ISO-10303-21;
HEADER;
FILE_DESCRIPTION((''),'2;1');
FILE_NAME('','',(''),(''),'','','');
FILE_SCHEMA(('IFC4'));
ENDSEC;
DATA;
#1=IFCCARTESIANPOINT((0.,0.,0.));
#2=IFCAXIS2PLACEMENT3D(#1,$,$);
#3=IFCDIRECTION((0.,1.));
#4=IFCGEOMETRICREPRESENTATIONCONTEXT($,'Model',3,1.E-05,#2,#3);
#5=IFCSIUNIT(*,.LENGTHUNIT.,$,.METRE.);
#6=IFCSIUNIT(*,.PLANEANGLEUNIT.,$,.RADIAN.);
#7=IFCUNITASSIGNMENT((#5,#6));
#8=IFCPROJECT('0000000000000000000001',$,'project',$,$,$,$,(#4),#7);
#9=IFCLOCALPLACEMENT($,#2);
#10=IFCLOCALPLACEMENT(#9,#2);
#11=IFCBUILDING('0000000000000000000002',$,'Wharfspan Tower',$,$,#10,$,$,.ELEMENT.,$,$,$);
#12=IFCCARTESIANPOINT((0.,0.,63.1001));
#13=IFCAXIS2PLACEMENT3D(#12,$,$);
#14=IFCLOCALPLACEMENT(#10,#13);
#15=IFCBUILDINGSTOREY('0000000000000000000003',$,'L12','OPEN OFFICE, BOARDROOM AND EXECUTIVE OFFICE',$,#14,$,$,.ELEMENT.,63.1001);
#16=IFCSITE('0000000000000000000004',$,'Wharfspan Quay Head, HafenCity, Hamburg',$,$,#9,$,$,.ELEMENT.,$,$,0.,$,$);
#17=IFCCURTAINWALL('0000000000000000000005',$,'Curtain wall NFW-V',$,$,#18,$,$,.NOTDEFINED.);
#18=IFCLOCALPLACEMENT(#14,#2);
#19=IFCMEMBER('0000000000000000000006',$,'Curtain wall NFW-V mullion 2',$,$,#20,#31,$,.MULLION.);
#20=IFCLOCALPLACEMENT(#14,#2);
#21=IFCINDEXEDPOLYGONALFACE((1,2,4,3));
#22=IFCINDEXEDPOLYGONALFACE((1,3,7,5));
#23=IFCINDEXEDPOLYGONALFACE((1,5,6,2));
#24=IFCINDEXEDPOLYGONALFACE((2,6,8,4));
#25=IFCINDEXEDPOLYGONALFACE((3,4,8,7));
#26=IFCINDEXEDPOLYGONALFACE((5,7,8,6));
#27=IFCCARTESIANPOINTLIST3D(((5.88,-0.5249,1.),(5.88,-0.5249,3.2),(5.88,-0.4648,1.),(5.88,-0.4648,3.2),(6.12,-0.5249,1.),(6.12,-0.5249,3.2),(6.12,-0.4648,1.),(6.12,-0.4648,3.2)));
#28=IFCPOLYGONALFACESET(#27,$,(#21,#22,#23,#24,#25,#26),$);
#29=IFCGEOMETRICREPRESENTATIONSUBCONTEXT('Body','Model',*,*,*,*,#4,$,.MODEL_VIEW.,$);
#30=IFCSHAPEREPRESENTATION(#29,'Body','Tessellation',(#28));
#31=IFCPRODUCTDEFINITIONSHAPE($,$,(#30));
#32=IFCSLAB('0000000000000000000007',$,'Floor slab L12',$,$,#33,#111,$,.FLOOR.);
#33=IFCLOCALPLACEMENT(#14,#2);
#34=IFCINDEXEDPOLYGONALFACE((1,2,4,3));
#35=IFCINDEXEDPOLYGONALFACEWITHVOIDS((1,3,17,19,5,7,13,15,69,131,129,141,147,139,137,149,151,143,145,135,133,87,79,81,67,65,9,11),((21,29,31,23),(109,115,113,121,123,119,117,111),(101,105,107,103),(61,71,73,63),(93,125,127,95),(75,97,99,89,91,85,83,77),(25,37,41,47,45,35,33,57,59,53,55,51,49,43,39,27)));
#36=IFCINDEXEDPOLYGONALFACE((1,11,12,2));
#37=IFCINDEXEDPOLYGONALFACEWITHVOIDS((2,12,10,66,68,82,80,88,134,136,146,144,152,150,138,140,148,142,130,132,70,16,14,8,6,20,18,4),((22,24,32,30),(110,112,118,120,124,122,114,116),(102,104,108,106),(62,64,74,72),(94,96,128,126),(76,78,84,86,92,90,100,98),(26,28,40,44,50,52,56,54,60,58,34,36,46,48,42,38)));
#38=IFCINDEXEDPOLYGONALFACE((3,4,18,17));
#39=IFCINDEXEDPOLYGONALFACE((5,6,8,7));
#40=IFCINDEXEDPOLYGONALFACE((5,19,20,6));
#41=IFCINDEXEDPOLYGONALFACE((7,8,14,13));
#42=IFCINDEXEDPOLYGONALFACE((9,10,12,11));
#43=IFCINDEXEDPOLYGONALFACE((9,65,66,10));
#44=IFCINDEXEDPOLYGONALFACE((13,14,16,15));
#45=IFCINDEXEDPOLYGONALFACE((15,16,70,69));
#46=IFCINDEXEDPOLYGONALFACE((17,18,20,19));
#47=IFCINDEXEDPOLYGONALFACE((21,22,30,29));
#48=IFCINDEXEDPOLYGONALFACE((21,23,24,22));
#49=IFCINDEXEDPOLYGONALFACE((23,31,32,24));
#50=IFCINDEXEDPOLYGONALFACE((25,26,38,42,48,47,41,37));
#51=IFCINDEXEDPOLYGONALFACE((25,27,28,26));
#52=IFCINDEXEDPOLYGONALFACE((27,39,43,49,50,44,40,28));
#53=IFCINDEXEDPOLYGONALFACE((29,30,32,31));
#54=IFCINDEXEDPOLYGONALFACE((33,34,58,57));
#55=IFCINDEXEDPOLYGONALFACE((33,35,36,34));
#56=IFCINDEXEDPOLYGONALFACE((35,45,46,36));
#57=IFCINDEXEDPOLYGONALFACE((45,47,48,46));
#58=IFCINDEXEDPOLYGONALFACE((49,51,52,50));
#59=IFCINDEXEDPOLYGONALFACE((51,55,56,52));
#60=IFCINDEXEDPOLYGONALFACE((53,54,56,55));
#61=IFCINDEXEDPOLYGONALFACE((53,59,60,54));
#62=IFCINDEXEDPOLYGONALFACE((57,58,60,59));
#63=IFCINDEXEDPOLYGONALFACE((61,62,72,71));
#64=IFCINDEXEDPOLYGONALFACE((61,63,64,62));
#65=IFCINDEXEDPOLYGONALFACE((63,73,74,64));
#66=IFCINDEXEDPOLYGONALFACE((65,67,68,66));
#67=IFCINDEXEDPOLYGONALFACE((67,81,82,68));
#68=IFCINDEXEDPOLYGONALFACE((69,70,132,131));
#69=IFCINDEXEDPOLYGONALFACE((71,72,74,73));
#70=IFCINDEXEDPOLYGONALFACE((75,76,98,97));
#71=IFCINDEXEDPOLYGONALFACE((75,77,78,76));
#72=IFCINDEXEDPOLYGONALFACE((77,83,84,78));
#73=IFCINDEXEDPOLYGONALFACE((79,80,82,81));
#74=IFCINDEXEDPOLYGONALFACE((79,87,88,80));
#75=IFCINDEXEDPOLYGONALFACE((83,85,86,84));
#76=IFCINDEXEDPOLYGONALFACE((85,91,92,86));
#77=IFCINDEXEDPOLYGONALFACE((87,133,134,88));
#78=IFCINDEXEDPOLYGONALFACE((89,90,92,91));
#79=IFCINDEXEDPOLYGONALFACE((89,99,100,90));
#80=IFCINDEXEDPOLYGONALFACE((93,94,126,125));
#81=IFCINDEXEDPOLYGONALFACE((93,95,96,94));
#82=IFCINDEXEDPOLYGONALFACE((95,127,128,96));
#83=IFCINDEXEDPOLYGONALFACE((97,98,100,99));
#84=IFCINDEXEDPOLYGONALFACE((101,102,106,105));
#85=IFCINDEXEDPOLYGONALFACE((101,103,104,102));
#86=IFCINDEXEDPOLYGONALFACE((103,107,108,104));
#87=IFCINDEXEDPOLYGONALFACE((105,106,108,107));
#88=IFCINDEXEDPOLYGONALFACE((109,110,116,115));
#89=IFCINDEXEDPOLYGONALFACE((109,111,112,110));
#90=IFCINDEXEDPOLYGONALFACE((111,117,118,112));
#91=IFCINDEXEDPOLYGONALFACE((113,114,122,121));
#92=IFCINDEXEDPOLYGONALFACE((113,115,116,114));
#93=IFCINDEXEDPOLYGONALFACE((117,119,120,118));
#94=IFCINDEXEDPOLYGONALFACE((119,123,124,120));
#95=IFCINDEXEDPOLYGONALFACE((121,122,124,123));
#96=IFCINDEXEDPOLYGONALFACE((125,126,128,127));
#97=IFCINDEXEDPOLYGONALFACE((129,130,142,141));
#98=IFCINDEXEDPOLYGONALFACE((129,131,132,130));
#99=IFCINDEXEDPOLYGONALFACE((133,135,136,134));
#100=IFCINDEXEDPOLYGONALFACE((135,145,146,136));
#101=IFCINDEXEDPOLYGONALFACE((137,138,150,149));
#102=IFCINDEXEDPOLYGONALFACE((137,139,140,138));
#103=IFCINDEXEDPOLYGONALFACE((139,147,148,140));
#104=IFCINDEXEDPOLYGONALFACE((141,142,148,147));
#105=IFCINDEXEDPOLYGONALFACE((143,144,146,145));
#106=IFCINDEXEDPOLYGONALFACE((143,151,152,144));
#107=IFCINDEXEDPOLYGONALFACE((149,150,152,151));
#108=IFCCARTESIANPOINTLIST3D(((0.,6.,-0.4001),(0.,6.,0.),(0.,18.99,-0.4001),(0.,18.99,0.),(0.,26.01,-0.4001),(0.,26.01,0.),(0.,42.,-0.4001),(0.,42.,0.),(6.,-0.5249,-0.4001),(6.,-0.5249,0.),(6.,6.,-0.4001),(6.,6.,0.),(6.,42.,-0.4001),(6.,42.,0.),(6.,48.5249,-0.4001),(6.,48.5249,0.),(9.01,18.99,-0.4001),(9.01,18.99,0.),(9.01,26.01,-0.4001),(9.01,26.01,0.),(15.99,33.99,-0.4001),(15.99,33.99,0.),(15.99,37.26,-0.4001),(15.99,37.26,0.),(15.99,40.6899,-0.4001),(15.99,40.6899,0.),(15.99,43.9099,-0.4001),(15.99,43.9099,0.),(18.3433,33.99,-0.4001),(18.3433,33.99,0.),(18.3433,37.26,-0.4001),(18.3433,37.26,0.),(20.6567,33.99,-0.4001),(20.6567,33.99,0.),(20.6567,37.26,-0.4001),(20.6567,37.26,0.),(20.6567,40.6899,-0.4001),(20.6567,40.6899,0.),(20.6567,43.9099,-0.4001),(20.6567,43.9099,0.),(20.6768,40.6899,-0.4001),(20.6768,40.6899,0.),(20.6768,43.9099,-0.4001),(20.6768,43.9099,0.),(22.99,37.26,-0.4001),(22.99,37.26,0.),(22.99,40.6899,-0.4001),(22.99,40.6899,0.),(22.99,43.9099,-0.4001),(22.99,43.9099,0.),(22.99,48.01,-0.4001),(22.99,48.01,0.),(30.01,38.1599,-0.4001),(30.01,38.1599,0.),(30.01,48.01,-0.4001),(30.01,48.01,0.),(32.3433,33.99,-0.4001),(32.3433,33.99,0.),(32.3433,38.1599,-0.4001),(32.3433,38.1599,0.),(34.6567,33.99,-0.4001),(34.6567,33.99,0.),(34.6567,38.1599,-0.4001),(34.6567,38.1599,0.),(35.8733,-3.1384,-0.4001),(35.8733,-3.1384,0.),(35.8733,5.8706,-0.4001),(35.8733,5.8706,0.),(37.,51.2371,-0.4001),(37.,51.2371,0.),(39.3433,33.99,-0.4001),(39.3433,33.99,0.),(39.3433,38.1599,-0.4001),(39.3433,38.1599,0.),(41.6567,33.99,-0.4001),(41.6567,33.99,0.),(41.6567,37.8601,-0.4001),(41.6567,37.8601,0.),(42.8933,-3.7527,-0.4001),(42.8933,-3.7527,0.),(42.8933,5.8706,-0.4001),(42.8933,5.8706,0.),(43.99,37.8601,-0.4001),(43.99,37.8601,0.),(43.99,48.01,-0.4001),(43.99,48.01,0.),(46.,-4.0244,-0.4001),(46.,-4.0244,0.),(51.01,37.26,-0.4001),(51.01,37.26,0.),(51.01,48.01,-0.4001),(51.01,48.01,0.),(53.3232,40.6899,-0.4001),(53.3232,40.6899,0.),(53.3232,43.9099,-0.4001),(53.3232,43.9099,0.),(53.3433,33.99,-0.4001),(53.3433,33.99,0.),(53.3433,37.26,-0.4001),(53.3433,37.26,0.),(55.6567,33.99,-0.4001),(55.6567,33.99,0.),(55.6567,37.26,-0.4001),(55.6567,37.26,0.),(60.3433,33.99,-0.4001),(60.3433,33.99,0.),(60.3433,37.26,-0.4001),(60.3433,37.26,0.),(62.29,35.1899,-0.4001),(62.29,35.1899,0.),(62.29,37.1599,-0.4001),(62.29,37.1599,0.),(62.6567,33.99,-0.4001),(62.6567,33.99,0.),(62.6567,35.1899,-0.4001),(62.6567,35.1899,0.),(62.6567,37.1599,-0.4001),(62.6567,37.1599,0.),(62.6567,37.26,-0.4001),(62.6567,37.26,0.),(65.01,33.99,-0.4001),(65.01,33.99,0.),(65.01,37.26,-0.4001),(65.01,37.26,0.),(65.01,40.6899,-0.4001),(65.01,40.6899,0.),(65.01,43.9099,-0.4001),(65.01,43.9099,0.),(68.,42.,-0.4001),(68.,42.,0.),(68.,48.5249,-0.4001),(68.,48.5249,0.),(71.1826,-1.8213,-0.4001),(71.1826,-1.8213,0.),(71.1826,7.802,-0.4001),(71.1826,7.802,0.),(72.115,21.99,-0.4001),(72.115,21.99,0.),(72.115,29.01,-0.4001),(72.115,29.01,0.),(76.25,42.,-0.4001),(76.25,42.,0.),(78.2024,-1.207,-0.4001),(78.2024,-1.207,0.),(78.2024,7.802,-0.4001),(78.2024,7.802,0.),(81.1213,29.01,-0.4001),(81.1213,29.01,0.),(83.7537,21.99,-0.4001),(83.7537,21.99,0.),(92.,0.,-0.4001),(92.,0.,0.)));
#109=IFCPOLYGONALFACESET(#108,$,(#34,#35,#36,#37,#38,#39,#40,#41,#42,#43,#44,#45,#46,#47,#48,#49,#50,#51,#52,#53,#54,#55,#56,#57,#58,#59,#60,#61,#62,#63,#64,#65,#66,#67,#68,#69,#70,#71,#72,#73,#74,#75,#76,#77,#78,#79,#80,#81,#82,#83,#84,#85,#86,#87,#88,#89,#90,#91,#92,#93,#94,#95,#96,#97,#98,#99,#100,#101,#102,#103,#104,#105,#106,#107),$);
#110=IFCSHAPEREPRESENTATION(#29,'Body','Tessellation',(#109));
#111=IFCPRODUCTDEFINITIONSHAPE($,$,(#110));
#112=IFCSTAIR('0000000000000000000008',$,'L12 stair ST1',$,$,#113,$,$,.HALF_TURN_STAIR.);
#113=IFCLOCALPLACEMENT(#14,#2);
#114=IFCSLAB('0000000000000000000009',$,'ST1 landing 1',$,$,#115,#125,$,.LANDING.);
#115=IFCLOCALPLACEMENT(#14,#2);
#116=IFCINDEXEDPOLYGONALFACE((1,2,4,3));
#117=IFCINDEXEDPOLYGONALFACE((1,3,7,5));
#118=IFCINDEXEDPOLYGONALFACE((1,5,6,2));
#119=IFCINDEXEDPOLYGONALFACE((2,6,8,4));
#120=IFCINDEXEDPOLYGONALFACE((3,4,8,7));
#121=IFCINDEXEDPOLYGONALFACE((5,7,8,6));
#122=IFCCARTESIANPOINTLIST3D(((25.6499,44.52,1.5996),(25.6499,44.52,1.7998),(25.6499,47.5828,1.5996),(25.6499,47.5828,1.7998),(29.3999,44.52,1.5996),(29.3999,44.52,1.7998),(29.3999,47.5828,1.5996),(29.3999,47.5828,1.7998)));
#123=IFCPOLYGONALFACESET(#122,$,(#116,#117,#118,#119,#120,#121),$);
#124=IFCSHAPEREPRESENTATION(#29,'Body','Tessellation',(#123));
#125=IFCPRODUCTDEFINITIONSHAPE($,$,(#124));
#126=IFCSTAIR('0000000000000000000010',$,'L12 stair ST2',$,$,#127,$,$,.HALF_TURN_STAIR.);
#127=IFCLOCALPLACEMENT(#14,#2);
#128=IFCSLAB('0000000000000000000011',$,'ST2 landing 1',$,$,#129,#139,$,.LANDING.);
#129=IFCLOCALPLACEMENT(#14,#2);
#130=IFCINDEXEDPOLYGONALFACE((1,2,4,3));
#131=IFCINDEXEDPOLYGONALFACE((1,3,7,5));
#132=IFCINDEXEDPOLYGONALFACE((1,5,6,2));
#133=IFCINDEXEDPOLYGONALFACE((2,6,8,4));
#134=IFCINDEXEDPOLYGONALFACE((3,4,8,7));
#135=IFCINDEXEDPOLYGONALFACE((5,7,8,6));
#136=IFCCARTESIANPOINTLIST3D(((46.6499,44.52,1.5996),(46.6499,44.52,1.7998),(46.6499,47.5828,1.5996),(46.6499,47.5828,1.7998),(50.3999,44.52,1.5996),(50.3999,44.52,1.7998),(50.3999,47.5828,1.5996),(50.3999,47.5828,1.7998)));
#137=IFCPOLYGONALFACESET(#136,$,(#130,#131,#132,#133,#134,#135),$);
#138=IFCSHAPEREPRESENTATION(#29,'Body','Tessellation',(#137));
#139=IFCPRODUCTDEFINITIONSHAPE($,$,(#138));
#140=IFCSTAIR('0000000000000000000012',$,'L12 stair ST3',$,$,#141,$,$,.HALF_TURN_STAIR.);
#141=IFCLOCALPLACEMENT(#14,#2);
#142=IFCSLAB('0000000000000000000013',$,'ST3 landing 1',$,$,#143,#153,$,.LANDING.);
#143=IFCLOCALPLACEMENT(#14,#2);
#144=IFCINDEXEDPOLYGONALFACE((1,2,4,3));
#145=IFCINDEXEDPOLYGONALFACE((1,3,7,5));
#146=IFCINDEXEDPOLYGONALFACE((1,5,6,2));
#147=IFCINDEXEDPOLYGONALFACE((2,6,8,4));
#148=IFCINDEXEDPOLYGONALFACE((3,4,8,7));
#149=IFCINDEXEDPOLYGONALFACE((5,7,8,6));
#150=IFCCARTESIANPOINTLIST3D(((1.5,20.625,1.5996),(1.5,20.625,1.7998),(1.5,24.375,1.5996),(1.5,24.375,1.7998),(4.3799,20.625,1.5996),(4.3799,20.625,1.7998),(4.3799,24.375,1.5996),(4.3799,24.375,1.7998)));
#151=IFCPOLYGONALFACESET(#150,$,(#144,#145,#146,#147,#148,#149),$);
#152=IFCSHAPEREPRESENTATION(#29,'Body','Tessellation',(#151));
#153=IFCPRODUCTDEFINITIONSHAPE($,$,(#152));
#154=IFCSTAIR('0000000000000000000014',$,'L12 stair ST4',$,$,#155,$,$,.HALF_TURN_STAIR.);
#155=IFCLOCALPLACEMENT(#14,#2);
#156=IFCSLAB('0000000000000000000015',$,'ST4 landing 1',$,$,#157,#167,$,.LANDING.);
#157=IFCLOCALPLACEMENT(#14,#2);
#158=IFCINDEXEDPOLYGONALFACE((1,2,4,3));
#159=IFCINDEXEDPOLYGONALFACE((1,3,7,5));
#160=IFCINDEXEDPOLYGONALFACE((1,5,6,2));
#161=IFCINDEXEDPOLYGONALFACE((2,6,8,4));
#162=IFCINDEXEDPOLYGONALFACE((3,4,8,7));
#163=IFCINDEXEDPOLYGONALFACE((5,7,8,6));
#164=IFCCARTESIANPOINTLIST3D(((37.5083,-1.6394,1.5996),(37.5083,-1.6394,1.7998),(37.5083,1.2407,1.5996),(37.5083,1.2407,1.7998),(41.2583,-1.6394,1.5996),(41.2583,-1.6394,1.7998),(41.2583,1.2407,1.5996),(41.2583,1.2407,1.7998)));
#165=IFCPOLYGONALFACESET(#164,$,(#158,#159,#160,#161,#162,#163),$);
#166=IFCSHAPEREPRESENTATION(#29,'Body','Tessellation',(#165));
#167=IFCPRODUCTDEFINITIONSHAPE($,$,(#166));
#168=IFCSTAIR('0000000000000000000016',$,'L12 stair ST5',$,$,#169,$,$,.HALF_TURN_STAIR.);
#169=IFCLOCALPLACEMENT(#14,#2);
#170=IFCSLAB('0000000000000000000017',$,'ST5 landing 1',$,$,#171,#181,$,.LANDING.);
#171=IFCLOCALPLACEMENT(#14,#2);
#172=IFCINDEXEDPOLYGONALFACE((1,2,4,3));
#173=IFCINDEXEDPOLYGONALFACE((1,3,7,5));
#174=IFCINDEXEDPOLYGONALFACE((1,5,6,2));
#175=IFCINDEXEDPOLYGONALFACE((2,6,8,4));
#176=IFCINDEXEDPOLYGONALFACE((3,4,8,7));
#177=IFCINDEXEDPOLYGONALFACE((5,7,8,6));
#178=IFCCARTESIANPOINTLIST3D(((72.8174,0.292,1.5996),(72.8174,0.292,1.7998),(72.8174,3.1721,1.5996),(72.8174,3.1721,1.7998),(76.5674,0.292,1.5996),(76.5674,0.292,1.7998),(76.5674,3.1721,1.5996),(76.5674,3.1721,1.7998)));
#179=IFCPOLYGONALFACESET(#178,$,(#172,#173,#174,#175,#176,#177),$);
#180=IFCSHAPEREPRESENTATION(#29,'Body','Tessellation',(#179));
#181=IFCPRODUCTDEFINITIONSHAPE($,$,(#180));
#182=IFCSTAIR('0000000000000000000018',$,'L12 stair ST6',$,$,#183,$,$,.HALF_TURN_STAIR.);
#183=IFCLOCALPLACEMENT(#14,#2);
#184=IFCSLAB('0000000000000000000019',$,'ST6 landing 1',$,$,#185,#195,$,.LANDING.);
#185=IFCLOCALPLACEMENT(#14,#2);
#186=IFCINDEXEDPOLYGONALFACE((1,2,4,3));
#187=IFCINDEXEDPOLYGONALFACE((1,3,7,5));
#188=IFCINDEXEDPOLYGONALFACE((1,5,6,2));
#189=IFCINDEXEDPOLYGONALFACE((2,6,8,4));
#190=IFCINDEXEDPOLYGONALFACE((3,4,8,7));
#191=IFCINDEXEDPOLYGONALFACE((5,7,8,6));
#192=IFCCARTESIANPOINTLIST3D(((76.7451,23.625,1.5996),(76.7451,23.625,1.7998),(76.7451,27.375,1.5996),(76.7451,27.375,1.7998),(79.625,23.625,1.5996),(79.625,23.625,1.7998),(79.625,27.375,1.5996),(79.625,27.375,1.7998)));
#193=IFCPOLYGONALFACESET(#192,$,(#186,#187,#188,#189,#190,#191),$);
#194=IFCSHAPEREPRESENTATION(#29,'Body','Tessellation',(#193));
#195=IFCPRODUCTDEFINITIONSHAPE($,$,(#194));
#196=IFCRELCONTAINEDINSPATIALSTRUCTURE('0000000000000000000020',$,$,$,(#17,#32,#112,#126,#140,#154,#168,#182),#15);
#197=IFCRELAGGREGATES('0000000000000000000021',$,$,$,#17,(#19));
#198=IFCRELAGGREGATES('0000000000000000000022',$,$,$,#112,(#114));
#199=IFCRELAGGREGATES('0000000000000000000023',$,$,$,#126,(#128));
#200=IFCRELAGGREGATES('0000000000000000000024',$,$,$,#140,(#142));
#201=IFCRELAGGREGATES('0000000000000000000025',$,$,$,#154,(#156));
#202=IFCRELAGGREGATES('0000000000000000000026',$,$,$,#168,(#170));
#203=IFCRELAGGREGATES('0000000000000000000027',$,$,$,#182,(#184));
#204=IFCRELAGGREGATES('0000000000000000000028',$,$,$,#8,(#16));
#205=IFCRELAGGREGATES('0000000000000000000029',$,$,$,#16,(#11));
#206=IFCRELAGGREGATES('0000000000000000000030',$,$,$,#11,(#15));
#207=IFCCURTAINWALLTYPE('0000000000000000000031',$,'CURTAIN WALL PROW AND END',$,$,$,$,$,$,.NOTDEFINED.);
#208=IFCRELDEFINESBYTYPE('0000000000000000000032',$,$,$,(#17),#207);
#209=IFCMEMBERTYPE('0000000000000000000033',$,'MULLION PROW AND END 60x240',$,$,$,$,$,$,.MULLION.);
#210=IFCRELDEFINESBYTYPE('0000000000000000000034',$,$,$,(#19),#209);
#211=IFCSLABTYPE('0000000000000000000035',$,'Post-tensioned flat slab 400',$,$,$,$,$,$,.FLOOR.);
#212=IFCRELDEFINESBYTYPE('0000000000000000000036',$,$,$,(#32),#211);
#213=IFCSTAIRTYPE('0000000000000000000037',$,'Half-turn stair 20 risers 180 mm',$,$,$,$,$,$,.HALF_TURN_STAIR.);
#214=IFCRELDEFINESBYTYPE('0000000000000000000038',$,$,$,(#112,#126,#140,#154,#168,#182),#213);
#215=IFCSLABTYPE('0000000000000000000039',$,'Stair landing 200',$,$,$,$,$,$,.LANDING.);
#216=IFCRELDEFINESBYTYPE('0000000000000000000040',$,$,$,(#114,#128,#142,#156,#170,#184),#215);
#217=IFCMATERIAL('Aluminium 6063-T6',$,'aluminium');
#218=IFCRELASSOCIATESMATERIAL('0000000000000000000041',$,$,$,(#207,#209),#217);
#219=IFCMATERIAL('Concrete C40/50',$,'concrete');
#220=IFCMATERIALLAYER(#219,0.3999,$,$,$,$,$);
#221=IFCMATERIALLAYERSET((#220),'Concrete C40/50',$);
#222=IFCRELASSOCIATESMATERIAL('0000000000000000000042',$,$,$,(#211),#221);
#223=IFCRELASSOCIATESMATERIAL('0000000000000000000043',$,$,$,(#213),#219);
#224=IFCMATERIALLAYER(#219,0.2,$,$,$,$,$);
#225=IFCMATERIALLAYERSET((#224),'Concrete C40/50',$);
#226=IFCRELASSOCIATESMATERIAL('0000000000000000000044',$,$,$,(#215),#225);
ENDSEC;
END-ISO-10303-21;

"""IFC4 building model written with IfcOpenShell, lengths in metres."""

from ifc_helpers import new_model, si_unit, direction, frame, origin, origin_2d, place, context, subcontext, project, spatial, polyline, rectangle, outline, extrude, material, layer, layer_set, material_profile, profile_set, type_object, element, aggregate, save


model = new_model("IFC4")

# Units and contexts
model_context = context("Model", 3, precision=1e-05, world=origin(), true_north=direction((0.0, 1.0)))
body_context = subcontext(model_context, "Body", "Model", "MODEL_VIEW")
ifc_project = project(units=[si_unit("LENGTHUNIT", "METRE"), si_unit("PLANEANGLEUNIT", "RADIAN")], contexts=[model_context])

# Site, building, storey
site_placement = place(None, origin())
site = spatial("IfcSite", under=ifc_project, at=site_placement, Name="Wharfspan Quay Head, HafenCity, Hamburg", CompositionType="ELEMENT", RefElevation=0.0)
building_placement = place(site_placement, origin())
building = spatial("IfcBuilding", under=site, at=building_placement, Name="Wharfspan Tower", CompositionType="ELEMENT")
storey_placement = place(building_placement, frame((0.0, 0.0, 63.1001)))
storey = spatial("IfcBuildingStorey", under=building, at=storey_placement, Name="L12", Description="OPEN OFFICE, BOARDROOM AND EXECUTIVE OFFICE", CompositionType="ELEMENT", Elevation=63.1001)

# Curtain wall, member
ifc_material_1 = material(Name="Aluminium 6063-T6", Category="aluminium")
curtain_wall_type = type_object("IfcCurtainWallType", Name="CURTAIN WALL PROW AND END", PredefinedType="NOTDEFINED", material=ifc_material_1)
curtain_wall_placement = place(storey_placement, origin())
curtain_wall = element("IfcCurtainWall", 1, at=curtain_wall_placement, inside=storey, type_object=curtain_wall_type, Name="Curtain wall NFW-V", PredefinedType="NOTDEFINED")
ifc_material_profile = material_profile(ifc_material_1, rectangle(XDim=0.24, YDim=0.0601, at=origin_2d()))
ifc_profile_set = profile_set([ifc_material_profile], Name="Aluminium 6063-T6")
member_type = type_object("IfcMemberType", Name="MULLION PROW AND END 60x240", PredefinedType="MULLION", material=ifc_profile_set)
member_placement = place(storey_placement, frame((6.0, -0.4949, 1.0), z_axis=(0.0, 0.0, 1.0), x_axis=(1.0, 0.0, 0.0)))
member = element("IfcMember", 2, at=member_placement, type_object=member_type, Name="Curtain wall NFW-V mullion 2", PredefinedType="MULLION", context=body_context, shape_type="SweptSolid", body=[
    extrude(rectangle(XDim=0.24, YDim=0.0601, at=origin_2d()), origin(), (0.0, 0.0, 1.0), 2.2),
])
aggregate(curtain_wall, [member])

# Slab
ifc_material_2 = material(Name="Concrete C40/50", Category="concrete")
ifc_layer_1 = layer(ifc_material_2, 0.3999)
ifc_layer_set_1 = layer_set([ifc_layer_1], Name="Concrete C40/50")
slab_type_1 = type_object("IfcSlabType", Name="Post-tensioned flat slab 400", PredefinedType="FLOOR", material=ifc_layer_set_1)
slab_1_placement = place(storey_placement, frame((0.0, 0.0, -0.4001)))
element("IfcSlab", 3, at=slab_1_placement, inside=storey, type_object=slab_type_1, Name="Floor slab L12", PredefinedType="FLOOR", context=body_context, shape_type="SweptSolid", body=[
    extrude(outline(polyline([(35.8733, -3.1384), (35.8733, 5.8706), (42.8933, 5.8706), (42.8933, -3.7527), (46.0, -4.0244), (71.1826, -1.8213), (71.1826, 7.802), (78.2024, 7.802), (78.2024, -1.207), (92.0, 0.0), (83.7537, 21.99), (72.115, 21.99), (72.115, 29.01), (81.1213, 29.01), (76.25, 42.0), (68.0, 42.0), (68.0, 48.5249), (37.0, 51.2371), (6.0, 48.5249), (6.0, 42.0), (0.0, 42.0), (0.0, 26.01), (9.01, 26.01), (9.01, 18.99), (0.0, 18.99), (0.0, 6.0), (6.0, 6.0), (6.0, -0.5249), (35.8733, -3.1384)]), holes=[polyline([(62.29, 37.1599), (62.6567, 37.1599), (62.6567, 37.26), (65.01, 37.26), (65.01, 33.99), (62.6567, 33.99), (62.6567, 35.1899), (62.29, 35.1899), (62.29, 37.1599)]), polyline([(65.01, 43.9099), (65.01, 40.6899), (53.3232, 40.6899), (53.3232, 43.9099), (65.01, 43.9099)]), polyline([(55.6567, 33.99), (55.6567, 37.26), (60.3433, 37.26), (60.3433, 33.99), (55.6567, 33.99)]), polyline([(43.99, 37.8601), (43.99, 48.01), (51.01, 48.01), (51.01, 37.26), (53.3433, 37.26), (53.3433, 33.99), (41.6567, 33.99), (41.6567, 37.8601), (43.99, 37.8601)]), polyline([(34.6567, 33.99), (34.6567, 38.1599), (39.3433, 38.1599), (39.3433, 33.99), (34.6567, 33.99)]), polyline([(15.99, 40.6899), (15.99, 43.9099), (20.6567, 43.9099), (20.6768, 43.9099), (22.99, 43.9099), (22.99, 48.01), (30.01, 48.01), (30.01, 38.1599), (32.3433, 38.1599), (32.3433, 33.99), (20.6567, 33.99), (20.6567, 37.26), (22.99, 37.26), (22.99, 40.6899), (20.6768, 40.6899), (20.6567, 40.6899), (15.99, 40.6899)]), polyline([(18.3433, 37.26), (18.3433, 33.99), (15.99, 33.99), (15.99, 37.26), (18.3433, 37.26)])]), origin(), (0.0, 0.0, 1.0), 0.4001),
])

# Stairs, slabs
stair_type = type_object("IfcStairType", Name="Half-turn stair 20 risers 180 mm", PredefinedType="HALF_TURN_STAIR", material=ifc_material_2)
stair_1_placement = place(storey_placement, origin())
stair_1 = element("IfcStair", 4, at=stair_1_placement, inside=storey, type_object=stair_type, Name="L12 stair ST1", PredefinedType="HALF_TURN_STAIR")
ifc_layer_2 = layer(ifc_material_2, 0.2)
ifc_layer_set_2 = layer_set([ifc_layer_2], Name="Concrete C40/50")
slab_type_2 = type_object("IfcSlabType", Name="Stair landing 200", PredefinedType="LANDING", material=ifc_layer_set_2)
slab_2_placement = place(storey_placement, frame((0.0, 0.0, 1.5996)))
slab_2 = element("IfcSlab", 5, at=slab_2_placement, type_object=slab_type_2, Name="ST1 landing 1", PredefinedType="LANDING", context=body_context, shape_type="SweptSolid", body=[
    extrude(outline(polyline([(25.6499, 44.52), (29.3999, 44.52), (29.3999, 47.5828), (25.6499, 47.5828), (25.6499, 44.52)])), origin(), (0.0, 0.0, 1.0), 0.2002),
])
aggregate(stair_1, [slab_2])
stair_2_placement = place(storey_placement, origin())
stair_2 = element("IfcStair", 6, at=stair_2_placement, inside=storey, type_object=stair_type, Name="L12 stair ST2", PredefinedType="HALF_TURN_STAIR")
slab_3_placement = place(storey_placement, frame((0.0, 0.0, 1.5996)))
slab_3 = element("IfcSlab", 7, at=slab_3_placement, type_object=slab_type_2, Name="ST2 landing 1", PredefinedType="LANDING", context=body_context, shape_type="SweptSolid", body=[
    extrude(outline(polyline([(46.6499, 44.52), (50.3999, 44.52), (50.3999, 47.5828), (46.6499, 47.5828), (46.6499, 44.52)])), origin(), (0.0, 0.0, 1.0), 0.2002),
])
aggregate(stair_2, [slab_3])
stair_3_placement = place(storey_placement, origin())
stair_3 = element("IfcStair", 8, at=stair_3_placement, inside=storey, type_object=stair_type, Name="L12 stair ST3", PredefinedType="HALF_TURN_STAIR")
slab_4_placement = place(storey_placement, frame((0.0, 0.0, 1.5996)))
slab_4 = element("IfcSlab", 9, at=slab_4_placement, type_object=slab_type_2, Name="ST3 landing 1", PredefinedType="LANDING", context=body_context, shape_type="SweptSolid", body=[
    extrude(outline(polyline([(4.3799, 24.375), (1.5, 24.375), (1.5, 20.625), (4.3799, 20.625), (4.3799, 24.375)])), origin(), (0.0, 0.0, 1.0), 0.2002),
])
aggregate(stair_3, [slab_4])
stair_4_placement = place(storey_placement, origin())
stair_4 = element("IfcStair", 10, at=stair_4_placement, inside=storey, type_object=stair_type, Name="L12 stair ST4", PredefinedType="HALF_TURN_STAIR")
slab_5_placement = place(storey_placement, frame((0.0, 0.0, 1.5996)))
slab_5 = element("IfcSlab", 11, at=slab_5_placement, type_object=slab_type_2, Name="ST4 landing 1", PredefinedType="LANDING", context=body_context, shape_type="SweptSolid", body=[
    extrude(outline(polyline([(37.5083, 1.2407), (37.5083, -1.6394), (41.2583, -1.6394), (41.2583, 1.2407), (37.5083, 1.2407)])), origin(), (0.0, 0.0, 1.0), 0.2002),
])
aggregate(stair_4, [slab_5])
stair_5_placement = place(storey_placement, origin())
stair_5 = element("IfcStair", 12, at=stair_5_placement, inside=storey, type_object=stair_type, Name="L12 stair ST5", PredefinedType="HALF_TURN_STAIR")
slab_6_placement = place(storey_placement, frame((0.0, 0.0, 1.5996)))
slab_6 = element("IfcSlab", 13, at=slab_6_placement, type_object=slab_type_2, Name="ST5 landing 1", PredefinedType="LANDING", context=body_context, shape_type="SweptSolid", body=[
    extrude(outline(polyline([(72.8174, 3.1721), (72.8174, 0.292), (76.5674, 0.292), (76.5674, 3.1721), (72.8174, 3.1721)])), origin(), (0.0, 0.0, 1.0), 0.2002),
])
aggregate(stair_5, [slab_6])
stair_6_placement = place(storey_placement, origin())
stair_6 = element("IfcStair", 14, at=stair_6_placement, inside=storey, type_object=stair_type, Name="L12 stair ST6", PredefinedType="HALF_TURN_STAIR")
slab_7_placement = place(storey_placement, frame((0.0, 0.0, 1.5996)))
slab_7 = element("IfcSlab", 15, at=slab_7_placement, type_object=slab_type_2, Name="ST6 landing 1", PredefinedType="LANDING", context=body_context, shape_type="SweptSolid", body=[
    extrude(outline(polyline([(76.7451, 23.625), (79.625, 23.625), (79.625, 27.375), (76.7451, 27.375), (76.7451, 23.625)])), origin(), (0.0, 0.0, 1.0), 0.2002),
])
aggregate(stair_6, [slab_7])

save(model, "model.ifc")
